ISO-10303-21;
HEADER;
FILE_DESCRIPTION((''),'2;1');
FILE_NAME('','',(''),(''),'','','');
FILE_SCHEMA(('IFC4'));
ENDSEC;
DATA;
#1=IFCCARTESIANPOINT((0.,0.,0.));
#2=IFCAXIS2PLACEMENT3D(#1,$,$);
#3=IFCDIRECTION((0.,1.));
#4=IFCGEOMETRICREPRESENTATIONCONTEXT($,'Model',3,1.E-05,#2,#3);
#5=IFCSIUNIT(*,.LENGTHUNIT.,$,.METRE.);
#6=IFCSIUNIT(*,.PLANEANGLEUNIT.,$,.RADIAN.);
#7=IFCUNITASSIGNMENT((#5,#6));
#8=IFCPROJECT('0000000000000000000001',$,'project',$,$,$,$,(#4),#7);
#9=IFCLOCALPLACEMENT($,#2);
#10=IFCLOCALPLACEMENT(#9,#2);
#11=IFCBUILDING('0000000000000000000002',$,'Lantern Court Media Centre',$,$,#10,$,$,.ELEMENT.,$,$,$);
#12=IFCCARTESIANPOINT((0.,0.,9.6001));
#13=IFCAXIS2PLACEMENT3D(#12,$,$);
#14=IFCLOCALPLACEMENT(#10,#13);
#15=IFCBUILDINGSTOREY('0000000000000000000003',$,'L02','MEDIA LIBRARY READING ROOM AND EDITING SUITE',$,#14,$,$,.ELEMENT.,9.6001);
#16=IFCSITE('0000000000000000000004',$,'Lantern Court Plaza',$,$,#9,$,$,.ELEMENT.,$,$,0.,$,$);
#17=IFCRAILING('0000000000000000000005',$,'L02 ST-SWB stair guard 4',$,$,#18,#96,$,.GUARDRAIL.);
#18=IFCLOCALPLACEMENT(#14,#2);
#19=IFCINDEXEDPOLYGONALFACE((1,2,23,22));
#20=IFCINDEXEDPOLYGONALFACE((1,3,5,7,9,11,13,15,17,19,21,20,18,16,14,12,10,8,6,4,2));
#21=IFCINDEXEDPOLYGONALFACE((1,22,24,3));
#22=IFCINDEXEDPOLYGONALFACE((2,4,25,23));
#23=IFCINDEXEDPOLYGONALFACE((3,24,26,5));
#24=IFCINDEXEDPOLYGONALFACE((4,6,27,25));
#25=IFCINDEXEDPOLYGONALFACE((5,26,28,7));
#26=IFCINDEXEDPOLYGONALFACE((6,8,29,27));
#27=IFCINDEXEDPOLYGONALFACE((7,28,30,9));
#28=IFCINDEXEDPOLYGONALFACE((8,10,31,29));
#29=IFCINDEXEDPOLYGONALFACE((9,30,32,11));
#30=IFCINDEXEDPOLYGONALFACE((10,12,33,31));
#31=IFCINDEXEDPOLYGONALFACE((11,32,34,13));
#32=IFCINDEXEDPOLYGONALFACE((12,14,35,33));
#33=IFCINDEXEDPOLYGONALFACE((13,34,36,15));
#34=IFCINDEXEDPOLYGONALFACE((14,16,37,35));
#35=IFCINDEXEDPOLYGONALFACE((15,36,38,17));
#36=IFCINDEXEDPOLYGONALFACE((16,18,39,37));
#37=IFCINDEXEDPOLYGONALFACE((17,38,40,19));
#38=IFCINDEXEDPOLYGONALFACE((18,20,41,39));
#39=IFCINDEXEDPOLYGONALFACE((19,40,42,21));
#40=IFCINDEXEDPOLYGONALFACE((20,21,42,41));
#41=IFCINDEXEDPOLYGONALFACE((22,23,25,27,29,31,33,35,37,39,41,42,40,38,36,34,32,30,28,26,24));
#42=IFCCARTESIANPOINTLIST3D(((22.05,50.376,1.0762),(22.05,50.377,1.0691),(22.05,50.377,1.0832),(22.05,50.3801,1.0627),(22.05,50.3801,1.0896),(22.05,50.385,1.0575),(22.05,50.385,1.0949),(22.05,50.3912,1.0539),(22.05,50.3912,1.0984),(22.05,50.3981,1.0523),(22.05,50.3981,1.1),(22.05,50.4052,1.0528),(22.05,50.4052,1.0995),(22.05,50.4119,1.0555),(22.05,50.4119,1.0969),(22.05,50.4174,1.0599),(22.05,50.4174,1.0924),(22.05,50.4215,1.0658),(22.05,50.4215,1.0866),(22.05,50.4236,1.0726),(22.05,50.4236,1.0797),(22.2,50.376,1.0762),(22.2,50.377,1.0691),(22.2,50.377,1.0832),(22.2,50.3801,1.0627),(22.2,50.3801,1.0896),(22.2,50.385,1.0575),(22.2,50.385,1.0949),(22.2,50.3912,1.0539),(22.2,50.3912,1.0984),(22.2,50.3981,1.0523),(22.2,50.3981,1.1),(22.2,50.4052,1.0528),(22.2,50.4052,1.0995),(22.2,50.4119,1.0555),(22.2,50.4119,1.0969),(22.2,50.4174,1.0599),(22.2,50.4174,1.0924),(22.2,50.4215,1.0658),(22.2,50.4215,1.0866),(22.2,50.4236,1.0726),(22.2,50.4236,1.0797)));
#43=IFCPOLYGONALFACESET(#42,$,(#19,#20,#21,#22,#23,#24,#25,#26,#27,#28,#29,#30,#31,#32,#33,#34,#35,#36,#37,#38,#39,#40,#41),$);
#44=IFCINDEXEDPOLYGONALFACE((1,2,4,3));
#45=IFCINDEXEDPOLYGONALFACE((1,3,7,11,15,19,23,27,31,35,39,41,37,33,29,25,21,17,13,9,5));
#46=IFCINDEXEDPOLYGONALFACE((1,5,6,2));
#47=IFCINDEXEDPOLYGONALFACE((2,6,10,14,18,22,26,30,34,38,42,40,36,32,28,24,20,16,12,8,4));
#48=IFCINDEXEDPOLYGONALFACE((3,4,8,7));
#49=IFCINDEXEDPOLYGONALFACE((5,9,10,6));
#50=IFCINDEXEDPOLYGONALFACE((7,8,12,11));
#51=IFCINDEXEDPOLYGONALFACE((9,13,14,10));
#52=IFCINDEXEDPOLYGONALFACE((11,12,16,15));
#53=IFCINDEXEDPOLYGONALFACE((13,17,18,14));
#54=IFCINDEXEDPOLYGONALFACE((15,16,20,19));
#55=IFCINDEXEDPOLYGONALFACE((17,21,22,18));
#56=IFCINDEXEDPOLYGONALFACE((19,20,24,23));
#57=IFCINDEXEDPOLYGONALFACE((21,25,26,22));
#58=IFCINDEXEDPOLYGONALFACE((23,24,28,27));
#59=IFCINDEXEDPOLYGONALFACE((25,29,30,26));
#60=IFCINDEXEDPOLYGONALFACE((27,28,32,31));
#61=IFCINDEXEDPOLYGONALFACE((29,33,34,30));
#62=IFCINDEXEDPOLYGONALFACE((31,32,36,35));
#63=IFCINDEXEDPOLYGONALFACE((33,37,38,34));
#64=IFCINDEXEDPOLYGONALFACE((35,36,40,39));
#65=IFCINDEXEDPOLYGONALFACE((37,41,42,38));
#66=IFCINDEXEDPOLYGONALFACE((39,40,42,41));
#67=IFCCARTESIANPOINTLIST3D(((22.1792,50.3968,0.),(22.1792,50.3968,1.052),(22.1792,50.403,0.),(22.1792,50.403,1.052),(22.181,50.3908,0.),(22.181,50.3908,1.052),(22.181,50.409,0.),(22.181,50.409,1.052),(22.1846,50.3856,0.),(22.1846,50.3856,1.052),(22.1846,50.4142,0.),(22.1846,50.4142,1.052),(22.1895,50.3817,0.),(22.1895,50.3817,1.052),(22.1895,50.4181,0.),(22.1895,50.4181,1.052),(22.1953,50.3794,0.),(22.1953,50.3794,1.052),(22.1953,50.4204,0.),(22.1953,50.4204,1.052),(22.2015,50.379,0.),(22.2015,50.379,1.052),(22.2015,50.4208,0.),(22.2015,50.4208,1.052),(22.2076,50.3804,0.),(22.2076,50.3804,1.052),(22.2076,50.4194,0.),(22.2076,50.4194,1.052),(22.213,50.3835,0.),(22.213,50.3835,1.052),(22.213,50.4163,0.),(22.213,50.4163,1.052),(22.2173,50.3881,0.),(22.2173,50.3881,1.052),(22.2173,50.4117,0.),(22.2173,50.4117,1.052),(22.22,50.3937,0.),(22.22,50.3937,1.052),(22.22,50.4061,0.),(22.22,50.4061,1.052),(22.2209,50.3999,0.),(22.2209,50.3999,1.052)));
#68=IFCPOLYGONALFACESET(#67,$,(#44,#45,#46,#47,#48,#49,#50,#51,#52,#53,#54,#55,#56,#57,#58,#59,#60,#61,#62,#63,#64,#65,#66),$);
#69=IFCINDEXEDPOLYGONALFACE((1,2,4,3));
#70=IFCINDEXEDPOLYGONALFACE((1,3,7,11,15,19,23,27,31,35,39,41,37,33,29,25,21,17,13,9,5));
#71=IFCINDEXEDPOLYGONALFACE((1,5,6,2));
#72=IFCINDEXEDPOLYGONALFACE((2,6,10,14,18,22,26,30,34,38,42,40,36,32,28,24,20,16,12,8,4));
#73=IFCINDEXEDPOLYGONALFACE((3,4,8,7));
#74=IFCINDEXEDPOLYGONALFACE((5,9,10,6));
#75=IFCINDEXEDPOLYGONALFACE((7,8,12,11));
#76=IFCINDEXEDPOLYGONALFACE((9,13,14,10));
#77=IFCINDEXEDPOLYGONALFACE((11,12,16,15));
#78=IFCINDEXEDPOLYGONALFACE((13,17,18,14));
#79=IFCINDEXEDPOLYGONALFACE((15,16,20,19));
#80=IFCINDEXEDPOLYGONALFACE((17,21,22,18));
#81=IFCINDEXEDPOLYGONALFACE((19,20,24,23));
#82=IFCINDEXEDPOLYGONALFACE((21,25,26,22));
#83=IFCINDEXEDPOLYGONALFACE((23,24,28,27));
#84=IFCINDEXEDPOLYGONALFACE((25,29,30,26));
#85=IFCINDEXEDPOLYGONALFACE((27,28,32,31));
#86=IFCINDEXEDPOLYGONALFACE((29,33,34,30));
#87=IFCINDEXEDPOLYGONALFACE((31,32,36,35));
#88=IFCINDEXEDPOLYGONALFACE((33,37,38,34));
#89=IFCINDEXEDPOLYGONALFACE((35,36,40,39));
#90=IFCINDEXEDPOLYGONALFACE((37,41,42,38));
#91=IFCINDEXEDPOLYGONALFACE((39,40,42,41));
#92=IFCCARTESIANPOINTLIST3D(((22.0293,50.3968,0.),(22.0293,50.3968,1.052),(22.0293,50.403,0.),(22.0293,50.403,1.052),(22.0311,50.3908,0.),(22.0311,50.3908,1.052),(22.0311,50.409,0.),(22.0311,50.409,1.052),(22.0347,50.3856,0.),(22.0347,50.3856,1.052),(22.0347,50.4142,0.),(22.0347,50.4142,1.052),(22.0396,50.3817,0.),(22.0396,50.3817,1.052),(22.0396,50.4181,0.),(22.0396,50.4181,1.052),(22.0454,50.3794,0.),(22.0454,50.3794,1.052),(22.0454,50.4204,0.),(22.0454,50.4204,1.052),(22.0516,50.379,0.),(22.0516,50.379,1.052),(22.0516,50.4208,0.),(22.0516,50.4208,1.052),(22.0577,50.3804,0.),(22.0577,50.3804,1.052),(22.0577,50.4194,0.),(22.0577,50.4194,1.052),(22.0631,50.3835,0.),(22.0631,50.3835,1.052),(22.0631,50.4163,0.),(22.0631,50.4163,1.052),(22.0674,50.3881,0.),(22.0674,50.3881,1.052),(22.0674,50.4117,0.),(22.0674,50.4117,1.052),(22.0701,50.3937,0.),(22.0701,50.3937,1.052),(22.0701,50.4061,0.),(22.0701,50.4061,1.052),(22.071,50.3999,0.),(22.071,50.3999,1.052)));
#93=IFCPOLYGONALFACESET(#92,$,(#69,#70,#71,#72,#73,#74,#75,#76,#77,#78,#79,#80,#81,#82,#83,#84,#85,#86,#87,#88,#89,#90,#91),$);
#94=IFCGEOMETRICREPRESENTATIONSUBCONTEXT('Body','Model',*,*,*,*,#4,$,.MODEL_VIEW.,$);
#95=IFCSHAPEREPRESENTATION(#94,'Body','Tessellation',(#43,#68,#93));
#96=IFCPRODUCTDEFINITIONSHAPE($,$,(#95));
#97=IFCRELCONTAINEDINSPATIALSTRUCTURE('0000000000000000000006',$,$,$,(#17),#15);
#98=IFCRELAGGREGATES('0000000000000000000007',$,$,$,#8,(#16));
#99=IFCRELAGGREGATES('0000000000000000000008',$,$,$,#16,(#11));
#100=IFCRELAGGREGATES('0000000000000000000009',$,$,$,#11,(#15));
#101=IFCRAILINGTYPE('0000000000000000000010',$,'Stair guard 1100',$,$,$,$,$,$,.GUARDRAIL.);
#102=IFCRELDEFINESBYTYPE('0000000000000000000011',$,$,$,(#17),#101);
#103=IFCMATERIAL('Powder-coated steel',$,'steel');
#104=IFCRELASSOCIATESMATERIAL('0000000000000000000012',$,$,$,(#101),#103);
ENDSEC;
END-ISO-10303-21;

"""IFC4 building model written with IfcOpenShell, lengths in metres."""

from ifc_helpers import new_model, si_unit, direction, frame, origin, origin_2d, place, context, subcontext, project, spatial, circle, extrude, material, type_object, element, save


model = new_model("IFC4")

# Units and contexts
model_context = context("Model", 3, precision=1e-05, world=origin(), true_north=direction((0.0, 1.0)))
body_context = subcontext(model_context, "Body", "Model", "MODEL_VIEW")
ifc_project = project(units=[si_unit("LENGTHUNIT", "METRE"), si_unit("PLANEANGLEUNIT", "RADIAN")], contexts=[model_context])

# Site, building, storey
site_placement = place(None, origin())
site = spatial("IfcSite", under=ifc_project, at=site_placement, Name="Lantern Court Plaza", CompositionType="ELEMENT", RefElevation=0.0)
building_placement = place(site_placement, origin())
building = spatial("IfcBuilding", under=site, at=building_placement, Name="Lantern Court Media Centre", CompositionType="ELEMENT")
storey_placement = place(building_placement, frame((0.0, 0.0, 9.6001)))
storey = spatial("IfcBuildingStorey", under=building, at=storey_placement, Name="L02", Description="MEDIA LIBRARY READING ROOM AND EDITING SUITE", CompositionType="ELEMENT", Elevation=9.6001)

# Railing
ifc_material_1 = material(Name="Powder-coated steel", Category="steel")
railing_type_1 = type_object("IfcRailingType", Name="Stair guard 1100", PredefinedType="GUARDRAIL", material=ifc_material_1)
railing_1_placement = place(storey_placement, frame((22.2, 50.3999, 0.0)))
element("IfcRailing", 1, at=railing_1_placement, inside=storey, type_object=railing_type_1, Name="L02 ST-SWB stair guard 4", PredefinedType="GUARDRAIL", context=body_context, shape_type="SweptSolid", body=[
    extrude(circle(Radius=0.0239, at=origin_2d()), frame((0.0, 0.0, 1.0762), z_axis=(-1.0, 0.0, 0.0), x_axis=(0.0, -1.0, 0.0)), (0.0, 0.0, 1.0), 0.1499),
    extrude(circle(Radius=0.021, at=origin_2d()), origin(), (0.0, 0.0, 1.0), 1.052),
    extrude(circle(Radius=0.021, at=origin_2d()), frame((-0.1499, 0.0, 0.0)), (0.0, 0.0, 1.0), 1.052),
])

save(model, "model.ifc")
